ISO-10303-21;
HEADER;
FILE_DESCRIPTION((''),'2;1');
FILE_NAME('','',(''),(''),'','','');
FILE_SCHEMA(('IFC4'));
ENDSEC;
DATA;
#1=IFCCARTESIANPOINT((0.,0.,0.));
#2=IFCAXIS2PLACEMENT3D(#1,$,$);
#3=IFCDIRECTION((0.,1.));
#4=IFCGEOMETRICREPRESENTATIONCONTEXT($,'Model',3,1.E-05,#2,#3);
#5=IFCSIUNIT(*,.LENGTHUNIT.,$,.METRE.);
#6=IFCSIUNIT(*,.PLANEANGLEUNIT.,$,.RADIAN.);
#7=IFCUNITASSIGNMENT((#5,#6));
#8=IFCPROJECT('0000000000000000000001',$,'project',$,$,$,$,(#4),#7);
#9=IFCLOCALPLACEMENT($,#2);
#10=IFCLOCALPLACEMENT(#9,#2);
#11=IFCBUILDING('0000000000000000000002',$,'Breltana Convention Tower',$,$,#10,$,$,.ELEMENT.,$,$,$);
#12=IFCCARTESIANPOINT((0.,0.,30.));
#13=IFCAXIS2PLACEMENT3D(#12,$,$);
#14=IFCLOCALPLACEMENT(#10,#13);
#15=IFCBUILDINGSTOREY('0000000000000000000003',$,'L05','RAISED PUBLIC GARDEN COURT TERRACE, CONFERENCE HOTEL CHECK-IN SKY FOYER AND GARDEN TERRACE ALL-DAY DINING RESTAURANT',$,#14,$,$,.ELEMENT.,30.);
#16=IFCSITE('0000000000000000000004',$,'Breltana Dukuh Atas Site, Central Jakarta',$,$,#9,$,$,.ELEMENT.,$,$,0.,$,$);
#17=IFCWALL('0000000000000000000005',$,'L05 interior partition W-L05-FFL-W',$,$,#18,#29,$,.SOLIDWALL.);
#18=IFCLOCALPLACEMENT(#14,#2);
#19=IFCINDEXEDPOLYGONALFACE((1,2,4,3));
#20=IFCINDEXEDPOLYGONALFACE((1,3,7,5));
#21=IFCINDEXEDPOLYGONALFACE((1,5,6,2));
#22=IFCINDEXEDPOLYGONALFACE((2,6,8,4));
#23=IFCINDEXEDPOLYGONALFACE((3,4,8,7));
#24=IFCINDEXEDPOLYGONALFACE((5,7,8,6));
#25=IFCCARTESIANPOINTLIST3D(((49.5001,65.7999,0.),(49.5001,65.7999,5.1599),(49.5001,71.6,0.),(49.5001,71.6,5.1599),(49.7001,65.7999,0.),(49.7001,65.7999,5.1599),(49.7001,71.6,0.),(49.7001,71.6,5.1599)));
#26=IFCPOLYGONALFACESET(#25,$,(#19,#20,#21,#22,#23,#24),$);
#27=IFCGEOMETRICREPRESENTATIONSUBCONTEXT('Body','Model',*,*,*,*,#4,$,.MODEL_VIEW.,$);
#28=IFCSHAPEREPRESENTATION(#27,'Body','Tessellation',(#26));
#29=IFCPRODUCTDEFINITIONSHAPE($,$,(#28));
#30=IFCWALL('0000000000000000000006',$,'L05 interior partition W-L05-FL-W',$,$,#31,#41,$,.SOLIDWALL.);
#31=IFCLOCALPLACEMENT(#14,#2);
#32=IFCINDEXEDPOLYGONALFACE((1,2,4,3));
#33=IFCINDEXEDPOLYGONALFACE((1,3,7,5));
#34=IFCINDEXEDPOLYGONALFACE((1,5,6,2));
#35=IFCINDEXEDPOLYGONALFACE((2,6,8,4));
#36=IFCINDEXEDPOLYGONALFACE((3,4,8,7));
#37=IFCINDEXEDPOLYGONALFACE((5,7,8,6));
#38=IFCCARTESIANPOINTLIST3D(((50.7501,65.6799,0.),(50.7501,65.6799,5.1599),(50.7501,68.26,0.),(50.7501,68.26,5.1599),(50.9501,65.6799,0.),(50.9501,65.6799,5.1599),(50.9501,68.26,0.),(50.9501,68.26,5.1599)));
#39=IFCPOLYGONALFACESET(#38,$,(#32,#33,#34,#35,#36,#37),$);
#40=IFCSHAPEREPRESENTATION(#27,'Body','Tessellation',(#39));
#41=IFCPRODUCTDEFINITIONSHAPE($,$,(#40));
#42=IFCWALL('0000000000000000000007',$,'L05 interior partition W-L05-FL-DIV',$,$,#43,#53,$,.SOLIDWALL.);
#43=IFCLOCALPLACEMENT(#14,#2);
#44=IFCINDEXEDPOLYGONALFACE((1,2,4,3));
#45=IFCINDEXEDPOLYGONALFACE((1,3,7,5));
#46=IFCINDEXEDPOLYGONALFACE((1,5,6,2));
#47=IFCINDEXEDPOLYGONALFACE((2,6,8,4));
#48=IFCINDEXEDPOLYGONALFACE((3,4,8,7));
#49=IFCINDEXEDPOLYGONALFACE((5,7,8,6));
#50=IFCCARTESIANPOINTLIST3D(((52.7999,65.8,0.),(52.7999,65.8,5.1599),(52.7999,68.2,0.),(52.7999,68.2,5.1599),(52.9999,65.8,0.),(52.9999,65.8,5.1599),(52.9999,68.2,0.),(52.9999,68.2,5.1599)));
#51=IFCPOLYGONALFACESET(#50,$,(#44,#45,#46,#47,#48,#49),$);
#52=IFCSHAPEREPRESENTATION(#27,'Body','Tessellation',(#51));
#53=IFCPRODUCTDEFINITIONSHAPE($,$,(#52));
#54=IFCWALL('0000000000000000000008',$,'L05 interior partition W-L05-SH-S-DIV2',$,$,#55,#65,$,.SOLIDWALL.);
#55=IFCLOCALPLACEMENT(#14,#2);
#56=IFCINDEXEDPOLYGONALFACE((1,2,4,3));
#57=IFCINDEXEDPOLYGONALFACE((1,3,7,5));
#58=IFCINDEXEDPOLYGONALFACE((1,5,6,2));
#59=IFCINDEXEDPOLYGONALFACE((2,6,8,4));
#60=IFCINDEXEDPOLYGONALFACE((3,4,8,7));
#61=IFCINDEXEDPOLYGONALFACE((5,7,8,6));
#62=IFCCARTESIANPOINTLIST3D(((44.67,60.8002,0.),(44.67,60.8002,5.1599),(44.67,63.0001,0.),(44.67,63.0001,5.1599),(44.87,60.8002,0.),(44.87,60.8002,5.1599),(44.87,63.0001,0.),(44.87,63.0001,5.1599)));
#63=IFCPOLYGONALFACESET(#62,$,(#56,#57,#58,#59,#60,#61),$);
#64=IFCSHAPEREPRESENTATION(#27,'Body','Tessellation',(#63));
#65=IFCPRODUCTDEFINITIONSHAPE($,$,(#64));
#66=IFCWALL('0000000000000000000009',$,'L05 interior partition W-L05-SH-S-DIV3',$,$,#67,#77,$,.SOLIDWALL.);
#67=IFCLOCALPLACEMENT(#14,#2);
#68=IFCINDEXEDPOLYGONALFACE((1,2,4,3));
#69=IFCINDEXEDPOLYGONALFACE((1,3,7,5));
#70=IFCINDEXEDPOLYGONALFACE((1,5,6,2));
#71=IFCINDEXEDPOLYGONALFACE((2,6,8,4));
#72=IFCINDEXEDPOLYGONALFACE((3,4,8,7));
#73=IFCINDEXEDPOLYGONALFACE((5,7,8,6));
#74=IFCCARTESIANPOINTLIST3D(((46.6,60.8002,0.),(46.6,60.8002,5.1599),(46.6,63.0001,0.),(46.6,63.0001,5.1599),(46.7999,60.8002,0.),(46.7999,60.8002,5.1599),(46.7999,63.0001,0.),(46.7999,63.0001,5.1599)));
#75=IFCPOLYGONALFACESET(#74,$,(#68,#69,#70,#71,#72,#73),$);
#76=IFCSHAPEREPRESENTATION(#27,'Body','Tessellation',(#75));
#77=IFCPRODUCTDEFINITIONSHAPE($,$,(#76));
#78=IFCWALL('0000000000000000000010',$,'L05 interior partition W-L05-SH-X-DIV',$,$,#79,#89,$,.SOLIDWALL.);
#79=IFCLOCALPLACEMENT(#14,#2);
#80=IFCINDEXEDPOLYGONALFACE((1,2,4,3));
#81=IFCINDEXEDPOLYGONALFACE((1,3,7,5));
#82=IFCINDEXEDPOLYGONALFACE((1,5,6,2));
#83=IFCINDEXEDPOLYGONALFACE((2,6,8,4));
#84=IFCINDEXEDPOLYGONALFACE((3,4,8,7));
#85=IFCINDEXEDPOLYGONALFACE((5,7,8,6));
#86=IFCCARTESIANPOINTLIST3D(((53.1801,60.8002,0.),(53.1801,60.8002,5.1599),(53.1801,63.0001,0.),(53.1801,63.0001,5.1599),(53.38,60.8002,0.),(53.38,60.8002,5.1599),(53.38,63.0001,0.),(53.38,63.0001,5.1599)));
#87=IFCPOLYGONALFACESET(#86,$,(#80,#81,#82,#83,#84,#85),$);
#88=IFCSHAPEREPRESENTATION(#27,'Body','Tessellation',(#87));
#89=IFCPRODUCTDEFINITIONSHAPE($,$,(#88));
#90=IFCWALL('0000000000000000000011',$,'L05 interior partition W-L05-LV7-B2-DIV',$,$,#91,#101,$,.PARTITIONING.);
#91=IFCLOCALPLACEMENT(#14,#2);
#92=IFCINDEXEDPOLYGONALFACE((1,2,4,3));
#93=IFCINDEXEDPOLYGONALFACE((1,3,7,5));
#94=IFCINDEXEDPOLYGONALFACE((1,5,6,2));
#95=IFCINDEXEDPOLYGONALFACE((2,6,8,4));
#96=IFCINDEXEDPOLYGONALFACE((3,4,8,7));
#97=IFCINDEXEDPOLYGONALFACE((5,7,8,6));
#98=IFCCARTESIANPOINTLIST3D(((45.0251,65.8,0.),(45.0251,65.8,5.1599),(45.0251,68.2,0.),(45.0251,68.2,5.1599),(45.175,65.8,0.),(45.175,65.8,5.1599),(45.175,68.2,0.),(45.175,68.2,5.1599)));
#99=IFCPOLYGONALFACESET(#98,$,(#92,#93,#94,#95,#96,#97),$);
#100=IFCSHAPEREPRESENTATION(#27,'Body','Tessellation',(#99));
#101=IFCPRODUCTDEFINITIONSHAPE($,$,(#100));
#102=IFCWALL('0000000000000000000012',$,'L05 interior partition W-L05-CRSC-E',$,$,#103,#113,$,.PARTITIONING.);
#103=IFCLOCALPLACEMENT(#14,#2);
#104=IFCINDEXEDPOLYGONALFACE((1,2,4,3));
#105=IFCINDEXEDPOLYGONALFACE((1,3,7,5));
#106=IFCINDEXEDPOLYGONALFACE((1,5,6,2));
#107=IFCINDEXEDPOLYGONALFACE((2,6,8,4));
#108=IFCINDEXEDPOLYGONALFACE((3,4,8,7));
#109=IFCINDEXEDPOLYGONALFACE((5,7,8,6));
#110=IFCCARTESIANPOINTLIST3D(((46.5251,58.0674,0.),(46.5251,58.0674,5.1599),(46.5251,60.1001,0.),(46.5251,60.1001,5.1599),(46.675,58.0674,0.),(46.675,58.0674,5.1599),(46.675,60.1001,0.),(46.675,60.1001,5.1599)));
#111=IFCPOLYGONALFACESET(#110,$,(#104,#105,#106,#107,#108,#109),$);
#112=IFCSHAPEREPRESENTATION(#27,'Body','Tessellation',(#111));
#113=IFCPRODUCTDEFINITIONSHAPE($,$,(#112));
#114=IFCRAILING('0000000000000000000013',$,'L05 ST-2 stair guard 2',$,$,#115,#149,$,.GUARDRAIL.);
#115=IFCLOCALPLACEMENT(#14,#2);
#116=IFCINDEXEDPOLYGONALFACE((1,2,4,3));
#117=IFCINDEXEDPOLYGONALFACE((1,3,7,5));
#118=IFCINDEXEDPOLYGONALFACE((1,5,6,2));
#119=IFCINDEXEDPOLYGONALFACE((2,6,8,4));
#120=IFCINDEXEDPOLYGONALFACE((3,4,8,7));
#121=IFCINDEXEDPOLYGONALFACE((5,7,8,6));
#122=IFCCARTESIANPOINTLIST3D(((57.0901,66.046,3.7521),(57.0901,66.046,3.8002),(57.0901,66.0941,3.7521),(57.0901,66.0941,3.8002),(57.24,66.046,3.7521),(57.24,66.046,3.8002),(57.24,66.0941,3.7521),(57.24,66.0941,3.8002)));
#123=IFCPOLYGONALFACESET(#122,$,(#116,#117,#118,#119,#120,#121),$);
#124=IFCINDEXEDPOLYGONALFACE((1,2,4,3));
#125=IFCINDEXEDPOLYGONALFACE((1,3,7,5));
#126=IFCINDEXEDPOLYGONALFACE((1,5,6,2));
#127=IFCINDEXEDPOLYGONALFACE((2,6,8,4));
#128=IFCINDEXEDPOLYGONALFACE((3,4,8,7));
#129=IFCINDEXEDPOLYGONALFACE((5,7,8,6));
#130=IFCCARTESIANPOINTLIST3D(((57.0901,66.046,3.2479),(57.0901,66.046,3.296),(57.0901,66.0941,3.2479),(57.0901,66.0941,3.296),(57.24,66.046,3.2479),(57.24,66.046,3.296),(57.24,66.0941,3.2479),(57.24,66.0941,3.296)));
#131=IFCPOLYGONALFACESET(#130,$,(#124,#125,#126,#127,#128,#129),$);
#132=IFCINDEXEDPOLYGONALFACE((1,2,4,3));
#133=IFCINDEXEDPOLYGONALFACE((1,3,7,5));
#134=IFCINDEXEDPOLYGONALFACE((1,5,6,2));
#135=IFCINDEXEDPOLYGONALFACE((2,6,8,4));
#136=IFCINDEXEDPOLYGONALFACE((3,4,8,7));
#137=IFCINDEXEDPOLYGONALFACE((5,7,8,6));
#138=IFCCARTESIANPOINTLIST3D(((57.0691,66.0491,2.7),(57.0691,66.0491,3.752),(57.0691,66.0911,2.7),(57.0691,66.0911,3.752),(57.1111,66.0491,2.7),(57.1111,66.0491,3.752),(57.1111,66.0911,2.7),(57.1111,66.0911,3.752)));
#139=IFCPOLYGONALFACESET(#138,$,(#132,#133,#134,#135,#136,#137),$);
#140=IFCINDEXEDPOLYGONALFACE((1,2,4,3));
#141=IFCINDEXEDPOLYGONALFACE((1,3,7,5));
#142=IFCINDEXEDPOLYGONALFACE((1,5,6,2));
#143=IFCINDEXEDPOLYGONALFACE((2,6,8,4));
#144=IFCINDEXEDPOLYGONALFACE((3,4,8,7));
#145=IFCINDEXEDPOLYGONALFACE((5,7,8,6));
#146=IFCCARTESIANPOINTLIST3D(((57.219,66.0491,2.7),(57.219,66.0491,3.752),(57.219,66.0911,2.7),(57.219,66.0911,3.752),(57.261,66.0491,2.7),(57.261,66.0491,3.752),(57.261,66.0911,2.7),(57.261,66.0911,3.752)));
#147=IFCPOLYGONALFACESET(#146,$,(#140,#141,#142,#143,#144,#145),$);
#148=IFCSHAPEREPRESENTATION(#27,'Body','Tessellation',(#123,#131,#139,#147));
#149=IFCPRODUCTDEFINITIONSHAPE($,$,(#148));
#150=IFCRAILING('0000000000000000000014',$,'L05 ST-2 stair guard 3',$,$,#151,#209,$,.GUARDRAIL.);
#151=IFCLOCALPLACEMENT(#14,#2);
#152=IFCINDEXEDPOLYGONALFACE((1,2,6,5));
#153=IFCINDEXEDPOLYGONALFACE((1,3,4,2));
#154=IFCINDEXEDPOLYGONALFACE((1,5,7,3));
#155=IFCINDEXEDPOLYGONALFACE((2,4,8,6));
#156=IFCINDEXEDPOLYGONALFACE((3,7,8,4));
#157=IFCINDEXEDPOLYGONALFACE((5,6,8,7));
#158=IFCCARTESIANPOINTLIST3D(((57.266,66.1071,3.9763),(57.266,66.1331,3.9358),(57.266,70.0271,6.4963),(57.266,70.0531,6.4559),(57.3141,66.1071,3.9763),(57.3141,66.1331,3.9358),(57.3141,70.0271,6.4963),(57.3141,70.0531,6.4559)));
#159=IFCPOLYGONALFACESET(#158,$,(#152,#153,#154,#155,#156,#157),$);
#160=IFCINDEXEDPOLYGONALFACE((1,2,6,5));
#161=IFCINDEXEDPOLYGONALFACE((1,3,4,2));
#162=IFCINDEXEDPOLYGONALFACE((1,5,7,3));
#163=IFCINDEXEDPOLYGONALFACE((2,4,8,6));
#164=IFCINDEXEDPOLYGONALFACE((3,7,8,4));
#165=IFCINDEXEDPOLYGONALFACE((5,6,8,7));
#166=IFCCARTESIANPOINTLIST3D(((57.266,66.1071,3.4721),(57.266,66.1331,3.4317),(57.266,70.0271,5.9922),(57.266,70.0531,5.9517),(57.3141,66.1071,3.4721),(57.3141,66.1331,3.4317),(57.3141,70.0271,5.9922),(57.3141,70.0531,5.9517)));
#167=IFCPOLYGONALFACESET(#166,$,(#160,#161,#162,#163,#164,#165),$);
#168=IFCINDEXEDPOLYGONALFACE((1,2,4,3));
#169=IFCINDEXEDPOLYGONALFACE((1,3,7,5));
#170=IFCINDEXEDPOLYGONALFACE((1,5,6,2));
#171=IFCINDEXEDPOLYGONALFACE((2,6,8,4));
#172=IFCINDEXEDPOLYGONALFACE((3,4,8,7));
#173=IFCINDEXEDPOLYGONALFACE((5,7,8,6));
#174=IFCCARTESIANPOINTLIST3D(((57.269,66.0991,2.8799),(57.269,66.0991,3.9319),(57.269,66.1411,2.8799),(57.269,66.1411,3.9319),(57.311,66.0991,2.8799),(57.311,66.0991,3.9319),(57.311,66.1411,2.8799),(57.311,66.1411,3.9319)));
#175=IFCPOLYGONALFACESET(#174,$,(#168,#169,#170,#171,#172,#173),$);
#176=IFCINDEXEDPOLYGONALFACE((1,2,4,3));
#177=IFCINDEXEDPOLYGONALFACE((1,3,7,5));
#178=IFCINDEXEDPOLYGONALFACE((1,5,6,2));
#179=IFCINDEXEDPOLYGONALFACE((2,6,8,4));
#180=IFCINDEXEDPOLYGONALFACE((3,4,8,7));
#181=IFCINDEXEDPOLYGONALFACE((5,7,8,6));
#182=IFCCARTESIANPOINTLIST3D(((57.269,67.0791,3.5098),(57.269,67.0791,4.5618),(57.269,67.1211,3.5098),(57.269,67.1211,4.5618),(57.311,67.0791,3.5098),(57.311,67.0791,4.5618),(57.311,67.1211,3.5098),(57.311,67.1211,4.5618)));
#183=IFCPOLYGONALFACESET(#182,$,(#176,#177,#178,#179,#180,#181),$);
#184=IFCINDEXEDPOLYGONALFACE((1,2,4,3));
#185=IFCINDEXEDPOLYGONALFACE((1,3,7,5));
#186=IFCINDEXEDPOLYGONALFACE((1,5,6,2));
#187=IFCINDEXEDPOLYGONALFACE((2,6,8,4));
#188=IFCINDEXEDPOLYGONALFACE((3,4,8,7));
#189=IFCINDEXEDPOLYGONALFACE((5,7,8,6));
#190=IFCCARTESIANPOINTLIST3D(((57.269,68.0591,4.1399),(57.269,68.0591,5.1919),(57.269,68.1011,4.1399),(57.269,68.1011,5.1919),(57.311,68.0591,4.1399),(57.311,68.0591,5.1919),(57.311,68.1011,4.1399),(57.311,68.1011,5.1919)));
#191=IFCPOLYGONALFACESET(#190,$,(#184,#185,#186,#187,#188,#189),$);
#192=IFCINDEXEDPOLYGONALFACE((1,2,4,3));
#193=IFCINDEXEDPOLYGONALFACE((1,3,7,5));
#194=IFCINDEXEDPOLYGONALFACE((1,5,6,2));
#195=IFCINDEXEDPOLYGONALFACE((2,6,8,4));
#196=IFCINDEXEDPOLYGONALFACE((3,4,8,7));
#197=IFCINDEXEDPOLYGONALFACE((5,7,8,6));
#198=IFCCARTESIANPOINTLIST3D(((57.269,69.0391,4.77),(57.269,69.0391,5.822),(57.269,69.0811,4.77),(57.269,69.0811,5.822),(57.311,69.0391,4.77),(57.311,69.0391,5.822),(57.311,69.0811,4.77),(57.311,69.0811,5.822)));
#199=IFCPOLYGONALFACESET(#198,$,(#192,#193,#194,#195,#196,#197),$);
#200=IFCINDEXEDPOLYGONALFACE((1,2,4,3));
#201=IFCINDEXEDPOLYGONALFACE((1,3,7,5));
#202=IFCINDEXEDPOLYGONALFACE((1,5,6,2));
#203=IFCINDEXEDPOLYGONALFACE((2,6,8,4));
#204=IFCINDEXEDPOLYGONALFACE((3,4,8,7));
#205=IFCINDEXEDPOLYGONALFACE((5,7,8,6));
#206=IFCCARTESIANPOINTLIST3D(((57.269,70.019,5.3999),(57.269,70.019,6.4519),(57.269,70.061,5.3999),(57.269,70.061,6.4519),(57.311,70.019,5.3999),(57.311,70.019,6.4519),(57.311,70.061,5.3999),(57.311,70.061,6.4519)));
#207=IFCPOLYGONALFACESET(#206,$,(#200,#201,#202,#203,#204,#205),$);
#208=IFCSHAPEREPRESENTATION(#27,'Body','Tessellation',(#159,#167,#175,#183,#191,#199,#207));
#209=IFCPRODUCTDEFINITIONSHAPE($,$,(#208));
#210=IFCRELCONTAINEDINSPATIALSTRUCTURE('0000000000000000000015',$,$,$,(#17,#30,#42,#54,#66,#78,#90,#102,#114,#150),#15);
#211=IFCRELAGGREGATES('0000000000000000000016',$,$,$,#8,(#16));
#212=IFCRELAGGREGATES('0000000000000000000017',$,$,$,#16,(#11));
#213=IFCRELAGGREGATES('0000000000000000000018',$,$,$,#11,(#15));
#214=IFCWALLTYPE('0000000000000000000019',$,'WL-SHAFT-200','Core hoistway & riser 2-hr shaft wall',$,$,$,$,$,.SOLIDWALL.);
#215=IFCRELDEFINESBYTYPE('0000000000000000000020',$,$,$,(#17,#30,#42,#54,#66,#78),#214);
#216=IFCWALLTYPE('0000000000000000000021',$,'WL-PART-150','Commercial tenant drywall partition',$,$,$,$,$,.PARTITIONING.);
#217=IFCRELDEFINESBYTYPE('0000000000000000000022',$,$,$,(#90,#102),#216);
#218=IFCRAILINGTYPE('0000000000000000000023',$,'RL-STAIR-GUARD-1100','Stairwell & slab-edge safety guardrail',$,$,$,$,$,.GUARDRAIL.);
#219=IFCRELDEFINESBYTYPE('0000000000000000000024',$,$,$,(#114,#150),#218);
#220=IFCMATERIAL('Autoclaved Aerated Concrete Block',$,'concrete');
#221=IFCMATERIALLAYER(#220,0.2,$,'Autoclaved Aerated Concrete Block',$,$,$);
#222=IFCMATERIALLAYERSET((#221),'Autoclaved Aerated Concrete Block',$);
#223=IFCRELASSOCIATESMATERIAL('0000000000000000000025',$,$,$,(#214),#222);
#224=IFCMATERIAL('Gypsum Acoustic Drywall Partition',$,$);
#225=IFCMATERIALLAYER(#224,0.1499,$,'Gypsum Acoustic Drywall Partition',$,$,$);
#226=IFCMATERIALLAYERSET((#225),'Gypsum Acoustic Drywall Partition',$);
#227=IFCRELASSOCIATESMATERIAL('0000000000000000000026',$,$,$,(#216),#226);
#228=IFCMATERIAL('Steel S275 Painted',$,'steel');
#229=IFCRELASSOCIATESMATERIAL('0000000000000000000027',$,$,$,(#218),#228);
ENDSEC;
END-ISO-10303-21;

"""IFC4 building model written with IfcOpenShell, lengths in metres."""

from ifc_helpers import new_model, si_unit, direction, frame, frame_2d, origin, origin_2d, place, context, subcontext, project, spatial, rectangle, extrude, source, transform, mapped, material, layer, layer_set, type_object, element, save


model = new_model("IFC4")

# Units and contexts
model_context = context("Model", 3, precision=1e-05, world=origin(), true_north=direction((0.0, 1.0)))
body_context = subcontext(model_context, "Body", "Model", "MODEL_VIEW")
ifc_project = project(units=[si_unit("LENGTHUNIT", "METRE"), si_unit("PLANEANGLEUNIT", "RADIAN")], contexts=[model_context])

# Site, building, storey
site_placement = place(None, origin())
site = spatial("IfcSite", under=ifc_project, at=site_placement, Name="Breltana Dukuh Atas Site, Central Jakarta", CompositionType="ELEMENT", RefElevation=0.0)
building_placement = place(site_placement, origin())
building = spatial("IfcBuilding", under=site, at=building_placement, Name="Breltana Convention Tower", CompositionType="ELEMENT")
storey_placement = place(building_placement, frame((0.0, 0.0, 30.0)))
storey = spatial("IfcBuildingStorey", under=building, at=storey_placement, Name="L05", Description="RAISED PUBLIC GARDEN COURT TERRACE, CONFERENCE HOTEL CHECK-IN SKY FOYER AND GARDEN TERRACE ALL-DAY DINING RESTAURANT", CompositionType="ELEMENT", Elevation=30.0)

# Walls
ifc_material_1 = material(Name="Autoclaved Aerated Concrete Block", Category="concrete")
ifc_layer_1 = layer(ifc_material_1, 0.2, Name="Autoclaved Aerated Concrete Block")
ifc_layer_set_1 = layer_set([ifc_layer_1], Name="Autoclaved Aerated Concrete Block")
wall_type_1 = type_object("IfcWallType", Name="WL-SHAFT-200", Description="Core hoistway & riser 2-hr shaft wall", PredefinedType="SOLIDWALL", material=ifc_layer_set_1)
shared_shape_1 = source(origin(), body_context, "Body", "SweptSolid", [
    extrude(rectangle(XDim=5.8, YDim=0.2, at=frame_2d((2.8999, 0.0))), origin(), (0.0, 0.0, 1.0), 5.1599),
])
wall_1_placement = place(storey_placement, frame((49.6001, 65.8, 0.0), z_axis=(0.0, 0.0, 1.0), x_axis=(0.0, 1.0, 0.0)))
element("IfcWall", 1, at=wall_1_placement, inside=storey, type_object=wall_type_1, Name="L05 interior partition W-L05-FFL-W", PredefinedType="SOLIDWALL", context=body_context, shape_type="MappedRepresentation", body=[
    mapped(shared_shape_1, transform((0.0, 0.0, 0.0), scale=1.0)),
])
shared_shape_2 = source(origin(), body_context, "Body", "SweptSolid", [
    extrude(rectangle(XDim=2.5801, YDim=0.2, at=frame_2d((1.29, 0.0))), origin(), (0.0, 0.0, 1.0), 5.1599),
])
wall_2_placement = place(storey_placement, frame((50.8501, 65.6799, 0.0), z_axis=(0.0, 0.0, 1.0), x_axis=(0.0, 1.0, 0.0)))
element("IfcWall", 2, at=wall_2_placement, inside=storey, type_object=wall_type_1, Name="L05 interior partition W-L05-FL-W", PredefinedType="SOLIDWALL", context=body_context, shape_type="MappedRepresentation", body=[
    mapped(shared_shape_2, transform((0.0, 0.0, 0.0), scale=1.0)),
])
shared_shape_3 = source(origin(), body_context, "Body", "SweptSolid", [
    extrude(rectangle(XDim=2.3999, YDim=0.2, at=frame_2d((1.2, 0.0))), origin(), (0.0, 0.0, 1.0), 5.1599),
])
wall_3_placement = place(storey_placement, frame((52.8999, 65.8, 0.0), z_axis=(0.0, 0.0, 1.0), x_axis=(0.0, 1.0, 0.0)))
element("IfcWall", 3, at=wall_3_placement, inside=storey, type_object=wall_type_1, Name="L05 interior partition W-L05-FL-DIV", PredefinedType="SOLIDWALL", context=body_context, shape_type="MappedRepresentation", body=[
    mapped(shared_shape_3, transform((0.0, 0.0, 0.0), scale=1.0)),
])

# Walls
shared_shape_4 = source(origin(), body_context, "Body", "SweptSolid", [
    extrude(rectangle(XDim=2.2, YDim=0.2, at=frame_2d((1.1001, 0.0))), origin(), (0.0, 0.0, 1.0), 5.1599),
])
for number, where, z_axis, x_axis, name in (
    (4, (44.77, 60.8, 0.0), (0.0, 0.0, 1.0), (0.0, 1.0, 0.0), "L05 interior partition W-L05-SH-S-DIV2"),
    (5, (46.7, 60.8, 0.0), (0.0, 0.0, 1.0), (0.0, 1.0, 0.0), "L05 interior partition W-L05-SH-S-DIV3"),
    (6, (53.28, 60.8, 0.0), (0.0, 0.0, 1.0), (0.0, 1.0, 0.0), "L05 interior partition W-L05-SH-X-DIV"),
):
    element("IfcWall", number, at=place(storey_placement, frame(where, z_axis=z_axis, x_axis=x_axis)), inside=storey, type_object=wall_type_1, Name=name, PredefinedType="SOLIDWALL", context=body_context, shape_type="MappedRepresentation", body=[
        mapped(shared_shape_4, transform((0.0, 0.0, 0.0), scale=1.0)),
    ])
ifc_material_2 = material(Name="Gypsum Acoustic Drywall Partition")
ifc_layer_2 = layer(ifc_material_2, 0.1499, Name="Gypsum Acoustic Drywall Partition")
ifc_layer_set_2 = layer_set([ifc_layer_2], Name="Gypsum Acoustic Drywall Partition")
wall_type_2 = type_object("IfcWallType", Name="WL-PART-150", Description="Commercial tenant drywall partition", PredefinedType="PARTITIONING", material=ifc_layer_set_2)
shared_shape_5 = source(origin(), body_context, "Body", "SweptSolid", [
    extrude(rectangle(XDim=2.3999, YDim=0.1499, at=frame_2d((1.2, 0.0))), origin(), (0.0, 0.0, 1.0), 5.1599),
])
wall_4_placement = place(storey_placement, frame((45.1001, 65.8, 0.0), z_axis=(0.0, 0.0, 1.0), x_axis=(0.0, 1.0, 0.0)))
element("IfcWall", 7, at=wall_4_placement, inside=storey, type_object=wall_type_2, Name="L05 interior partition W-L05-LV7-B2-DIV", PredefinedType="PARTITIONING", context=body_context, shape_type="MappedRepresentation", body=[
    mapped(shared_shape_5, transform((0.0, 0.0, 0.0), scale=1.0)),
])
shared_shape_6 = source(origin(), body_context, "Body", "SweptSolid", [
    extrude(rectangle(XDim=2.0327, YDim=0.1499, at=frame_2d((1.0164, 0.0))), origin(), (0.0, 0.0, 1.0), 5.1599),
])
wall_5_placement = place(storey_placement, frame((46.6001, 58.0674, 0.0), z_axis=(0.0, 0.0, 1.0), x_axis=(0.0, 1.0, 0.0)))
element("IfcWall", 8, at=wall_5_placement, inside=storey, type_object=wall_type_2, Name="L05 interior partition W-L05-CRSC-E", PredefinedType="PARTITIONING", context=body_context, shape_type="MappedRepresentation", body=[
    mapped(shared_shape_6, transform((0.0, 0.0, 0.0), scale=1.0)),
])

# Railings
ifc_material_3 = material(Name="Steel S275 Painted", Category="steel")
railing_type = type_object("IfcRailingType", Name="RL-STAIR-GUARD-1100", Description="Stairwell & slab-edge safety guardrail", PredefinedType="GUARDRAIL", material=ifc_material_3)
railing_1_placement = place(storey_placement, frame((57.0901, 66.0701, 2.7)))
element("IfcRailing", 9, at=railing_1_placement, inside=storey, type_object=railing_type, Name="L05 ST-2 stair guard 2", PredefinedType="GUARDRAIL", context=body_context, shape_type="SweptSolid", body=[
    extrude(rectangle(XDim=0.0481, YDim=0.0481, at=origin_2d()), frame((0.0, 0.0, 1.0762), z_axis=(1.0, 0.0, 0.0), x_axis=(0.0, 1.0, 0.0)), (0.0, 0.0, 1.0), 0.1499),
    extrude(rectangle(XDim=0.0481, YDim=0.0481, at=origin_2d()), frame((0.0, 0.0, 0.572), z_axis=(1.0, 0.0, 0.0), x_axis=(0.0, 1.0, 0.0)), (0.0, 0.0, 1.0), 0.1499),
    extrude(rectangle(XDim=0.042, YDim=0.042, at=origin_2d()), origin(), (0.0, 0.0, 1.0), 1.052),
    extrude(rectangle(XDim=0.042, YDim=0.042, at=origin_2d()), frame((0.1499, 0.0, 0.0)), (0.0, 0.0, 1.0), 1.052),
])
railing_2_placement = place(storey_placement, frame((57.29, 66.1201, 2.8799)))
element("IfcRailing", 10, at=railing_2_placement, inside=storey, type_object=railing_type, Name="L05 ST-2 stair guard 3", PredefinedType="GUARDRAIL", context=body_context, shape_type="SweptSolid", body=[
    extrude(rectangle(XDim=0.0481, YDim=0.0481, at=origin_2d()), frame((0.0, 0.0, 1.0762), z_axis=(0.0, 0.841172, 0.540768), x_axis=(-1.0, 0.0, 0.0)), (0.0, 0.0, 1.0), 4.6602),
    extrude(rectangle(XDim=0.0481, YDim=0.0481, at=origin_2d()), frame((0.0, 0.0, 0.572), z_axis=(0.0, 0.841172, 0.540768), x_axis=(-1.0, 0.0, 0.0)), (0.0, 0.0, 1.0), 4.6602),
    extrude(rectangle(XDim=0.042, YDim=0.042, at=origin_2d()), origin(), (0.0, 0.0, 1.0), 1.052),
    extrude(rectangle(XDim=0.042, YDim=0.042, at=origin_2d()), frame((0.0, 0.98, 0.6299)), (0.0, 0.0, 1.0), 1.052),
    extrude(rectangle(XDim=0.042, YDim=0.042, at=origin_2d()), frame((0.0, 1.96, 1.26)), (0.0, 0.0, 1.0), 1.052),
    extrude(rectangle(XDim=0.042, YDim=0.042, at=origin_2d()), frame((0.0, 2.9399, 1.8901)), (0.0, 0.0, 1.0), 1.052),
    extrude(rectangle(XDim=0.042, YDim=0.042, at=origin_2d()), frame((0.0, 3.9199, 2.52)), (0.0, 0.0, 1.0), 1.052),
])

save(model, "model.ifc")
